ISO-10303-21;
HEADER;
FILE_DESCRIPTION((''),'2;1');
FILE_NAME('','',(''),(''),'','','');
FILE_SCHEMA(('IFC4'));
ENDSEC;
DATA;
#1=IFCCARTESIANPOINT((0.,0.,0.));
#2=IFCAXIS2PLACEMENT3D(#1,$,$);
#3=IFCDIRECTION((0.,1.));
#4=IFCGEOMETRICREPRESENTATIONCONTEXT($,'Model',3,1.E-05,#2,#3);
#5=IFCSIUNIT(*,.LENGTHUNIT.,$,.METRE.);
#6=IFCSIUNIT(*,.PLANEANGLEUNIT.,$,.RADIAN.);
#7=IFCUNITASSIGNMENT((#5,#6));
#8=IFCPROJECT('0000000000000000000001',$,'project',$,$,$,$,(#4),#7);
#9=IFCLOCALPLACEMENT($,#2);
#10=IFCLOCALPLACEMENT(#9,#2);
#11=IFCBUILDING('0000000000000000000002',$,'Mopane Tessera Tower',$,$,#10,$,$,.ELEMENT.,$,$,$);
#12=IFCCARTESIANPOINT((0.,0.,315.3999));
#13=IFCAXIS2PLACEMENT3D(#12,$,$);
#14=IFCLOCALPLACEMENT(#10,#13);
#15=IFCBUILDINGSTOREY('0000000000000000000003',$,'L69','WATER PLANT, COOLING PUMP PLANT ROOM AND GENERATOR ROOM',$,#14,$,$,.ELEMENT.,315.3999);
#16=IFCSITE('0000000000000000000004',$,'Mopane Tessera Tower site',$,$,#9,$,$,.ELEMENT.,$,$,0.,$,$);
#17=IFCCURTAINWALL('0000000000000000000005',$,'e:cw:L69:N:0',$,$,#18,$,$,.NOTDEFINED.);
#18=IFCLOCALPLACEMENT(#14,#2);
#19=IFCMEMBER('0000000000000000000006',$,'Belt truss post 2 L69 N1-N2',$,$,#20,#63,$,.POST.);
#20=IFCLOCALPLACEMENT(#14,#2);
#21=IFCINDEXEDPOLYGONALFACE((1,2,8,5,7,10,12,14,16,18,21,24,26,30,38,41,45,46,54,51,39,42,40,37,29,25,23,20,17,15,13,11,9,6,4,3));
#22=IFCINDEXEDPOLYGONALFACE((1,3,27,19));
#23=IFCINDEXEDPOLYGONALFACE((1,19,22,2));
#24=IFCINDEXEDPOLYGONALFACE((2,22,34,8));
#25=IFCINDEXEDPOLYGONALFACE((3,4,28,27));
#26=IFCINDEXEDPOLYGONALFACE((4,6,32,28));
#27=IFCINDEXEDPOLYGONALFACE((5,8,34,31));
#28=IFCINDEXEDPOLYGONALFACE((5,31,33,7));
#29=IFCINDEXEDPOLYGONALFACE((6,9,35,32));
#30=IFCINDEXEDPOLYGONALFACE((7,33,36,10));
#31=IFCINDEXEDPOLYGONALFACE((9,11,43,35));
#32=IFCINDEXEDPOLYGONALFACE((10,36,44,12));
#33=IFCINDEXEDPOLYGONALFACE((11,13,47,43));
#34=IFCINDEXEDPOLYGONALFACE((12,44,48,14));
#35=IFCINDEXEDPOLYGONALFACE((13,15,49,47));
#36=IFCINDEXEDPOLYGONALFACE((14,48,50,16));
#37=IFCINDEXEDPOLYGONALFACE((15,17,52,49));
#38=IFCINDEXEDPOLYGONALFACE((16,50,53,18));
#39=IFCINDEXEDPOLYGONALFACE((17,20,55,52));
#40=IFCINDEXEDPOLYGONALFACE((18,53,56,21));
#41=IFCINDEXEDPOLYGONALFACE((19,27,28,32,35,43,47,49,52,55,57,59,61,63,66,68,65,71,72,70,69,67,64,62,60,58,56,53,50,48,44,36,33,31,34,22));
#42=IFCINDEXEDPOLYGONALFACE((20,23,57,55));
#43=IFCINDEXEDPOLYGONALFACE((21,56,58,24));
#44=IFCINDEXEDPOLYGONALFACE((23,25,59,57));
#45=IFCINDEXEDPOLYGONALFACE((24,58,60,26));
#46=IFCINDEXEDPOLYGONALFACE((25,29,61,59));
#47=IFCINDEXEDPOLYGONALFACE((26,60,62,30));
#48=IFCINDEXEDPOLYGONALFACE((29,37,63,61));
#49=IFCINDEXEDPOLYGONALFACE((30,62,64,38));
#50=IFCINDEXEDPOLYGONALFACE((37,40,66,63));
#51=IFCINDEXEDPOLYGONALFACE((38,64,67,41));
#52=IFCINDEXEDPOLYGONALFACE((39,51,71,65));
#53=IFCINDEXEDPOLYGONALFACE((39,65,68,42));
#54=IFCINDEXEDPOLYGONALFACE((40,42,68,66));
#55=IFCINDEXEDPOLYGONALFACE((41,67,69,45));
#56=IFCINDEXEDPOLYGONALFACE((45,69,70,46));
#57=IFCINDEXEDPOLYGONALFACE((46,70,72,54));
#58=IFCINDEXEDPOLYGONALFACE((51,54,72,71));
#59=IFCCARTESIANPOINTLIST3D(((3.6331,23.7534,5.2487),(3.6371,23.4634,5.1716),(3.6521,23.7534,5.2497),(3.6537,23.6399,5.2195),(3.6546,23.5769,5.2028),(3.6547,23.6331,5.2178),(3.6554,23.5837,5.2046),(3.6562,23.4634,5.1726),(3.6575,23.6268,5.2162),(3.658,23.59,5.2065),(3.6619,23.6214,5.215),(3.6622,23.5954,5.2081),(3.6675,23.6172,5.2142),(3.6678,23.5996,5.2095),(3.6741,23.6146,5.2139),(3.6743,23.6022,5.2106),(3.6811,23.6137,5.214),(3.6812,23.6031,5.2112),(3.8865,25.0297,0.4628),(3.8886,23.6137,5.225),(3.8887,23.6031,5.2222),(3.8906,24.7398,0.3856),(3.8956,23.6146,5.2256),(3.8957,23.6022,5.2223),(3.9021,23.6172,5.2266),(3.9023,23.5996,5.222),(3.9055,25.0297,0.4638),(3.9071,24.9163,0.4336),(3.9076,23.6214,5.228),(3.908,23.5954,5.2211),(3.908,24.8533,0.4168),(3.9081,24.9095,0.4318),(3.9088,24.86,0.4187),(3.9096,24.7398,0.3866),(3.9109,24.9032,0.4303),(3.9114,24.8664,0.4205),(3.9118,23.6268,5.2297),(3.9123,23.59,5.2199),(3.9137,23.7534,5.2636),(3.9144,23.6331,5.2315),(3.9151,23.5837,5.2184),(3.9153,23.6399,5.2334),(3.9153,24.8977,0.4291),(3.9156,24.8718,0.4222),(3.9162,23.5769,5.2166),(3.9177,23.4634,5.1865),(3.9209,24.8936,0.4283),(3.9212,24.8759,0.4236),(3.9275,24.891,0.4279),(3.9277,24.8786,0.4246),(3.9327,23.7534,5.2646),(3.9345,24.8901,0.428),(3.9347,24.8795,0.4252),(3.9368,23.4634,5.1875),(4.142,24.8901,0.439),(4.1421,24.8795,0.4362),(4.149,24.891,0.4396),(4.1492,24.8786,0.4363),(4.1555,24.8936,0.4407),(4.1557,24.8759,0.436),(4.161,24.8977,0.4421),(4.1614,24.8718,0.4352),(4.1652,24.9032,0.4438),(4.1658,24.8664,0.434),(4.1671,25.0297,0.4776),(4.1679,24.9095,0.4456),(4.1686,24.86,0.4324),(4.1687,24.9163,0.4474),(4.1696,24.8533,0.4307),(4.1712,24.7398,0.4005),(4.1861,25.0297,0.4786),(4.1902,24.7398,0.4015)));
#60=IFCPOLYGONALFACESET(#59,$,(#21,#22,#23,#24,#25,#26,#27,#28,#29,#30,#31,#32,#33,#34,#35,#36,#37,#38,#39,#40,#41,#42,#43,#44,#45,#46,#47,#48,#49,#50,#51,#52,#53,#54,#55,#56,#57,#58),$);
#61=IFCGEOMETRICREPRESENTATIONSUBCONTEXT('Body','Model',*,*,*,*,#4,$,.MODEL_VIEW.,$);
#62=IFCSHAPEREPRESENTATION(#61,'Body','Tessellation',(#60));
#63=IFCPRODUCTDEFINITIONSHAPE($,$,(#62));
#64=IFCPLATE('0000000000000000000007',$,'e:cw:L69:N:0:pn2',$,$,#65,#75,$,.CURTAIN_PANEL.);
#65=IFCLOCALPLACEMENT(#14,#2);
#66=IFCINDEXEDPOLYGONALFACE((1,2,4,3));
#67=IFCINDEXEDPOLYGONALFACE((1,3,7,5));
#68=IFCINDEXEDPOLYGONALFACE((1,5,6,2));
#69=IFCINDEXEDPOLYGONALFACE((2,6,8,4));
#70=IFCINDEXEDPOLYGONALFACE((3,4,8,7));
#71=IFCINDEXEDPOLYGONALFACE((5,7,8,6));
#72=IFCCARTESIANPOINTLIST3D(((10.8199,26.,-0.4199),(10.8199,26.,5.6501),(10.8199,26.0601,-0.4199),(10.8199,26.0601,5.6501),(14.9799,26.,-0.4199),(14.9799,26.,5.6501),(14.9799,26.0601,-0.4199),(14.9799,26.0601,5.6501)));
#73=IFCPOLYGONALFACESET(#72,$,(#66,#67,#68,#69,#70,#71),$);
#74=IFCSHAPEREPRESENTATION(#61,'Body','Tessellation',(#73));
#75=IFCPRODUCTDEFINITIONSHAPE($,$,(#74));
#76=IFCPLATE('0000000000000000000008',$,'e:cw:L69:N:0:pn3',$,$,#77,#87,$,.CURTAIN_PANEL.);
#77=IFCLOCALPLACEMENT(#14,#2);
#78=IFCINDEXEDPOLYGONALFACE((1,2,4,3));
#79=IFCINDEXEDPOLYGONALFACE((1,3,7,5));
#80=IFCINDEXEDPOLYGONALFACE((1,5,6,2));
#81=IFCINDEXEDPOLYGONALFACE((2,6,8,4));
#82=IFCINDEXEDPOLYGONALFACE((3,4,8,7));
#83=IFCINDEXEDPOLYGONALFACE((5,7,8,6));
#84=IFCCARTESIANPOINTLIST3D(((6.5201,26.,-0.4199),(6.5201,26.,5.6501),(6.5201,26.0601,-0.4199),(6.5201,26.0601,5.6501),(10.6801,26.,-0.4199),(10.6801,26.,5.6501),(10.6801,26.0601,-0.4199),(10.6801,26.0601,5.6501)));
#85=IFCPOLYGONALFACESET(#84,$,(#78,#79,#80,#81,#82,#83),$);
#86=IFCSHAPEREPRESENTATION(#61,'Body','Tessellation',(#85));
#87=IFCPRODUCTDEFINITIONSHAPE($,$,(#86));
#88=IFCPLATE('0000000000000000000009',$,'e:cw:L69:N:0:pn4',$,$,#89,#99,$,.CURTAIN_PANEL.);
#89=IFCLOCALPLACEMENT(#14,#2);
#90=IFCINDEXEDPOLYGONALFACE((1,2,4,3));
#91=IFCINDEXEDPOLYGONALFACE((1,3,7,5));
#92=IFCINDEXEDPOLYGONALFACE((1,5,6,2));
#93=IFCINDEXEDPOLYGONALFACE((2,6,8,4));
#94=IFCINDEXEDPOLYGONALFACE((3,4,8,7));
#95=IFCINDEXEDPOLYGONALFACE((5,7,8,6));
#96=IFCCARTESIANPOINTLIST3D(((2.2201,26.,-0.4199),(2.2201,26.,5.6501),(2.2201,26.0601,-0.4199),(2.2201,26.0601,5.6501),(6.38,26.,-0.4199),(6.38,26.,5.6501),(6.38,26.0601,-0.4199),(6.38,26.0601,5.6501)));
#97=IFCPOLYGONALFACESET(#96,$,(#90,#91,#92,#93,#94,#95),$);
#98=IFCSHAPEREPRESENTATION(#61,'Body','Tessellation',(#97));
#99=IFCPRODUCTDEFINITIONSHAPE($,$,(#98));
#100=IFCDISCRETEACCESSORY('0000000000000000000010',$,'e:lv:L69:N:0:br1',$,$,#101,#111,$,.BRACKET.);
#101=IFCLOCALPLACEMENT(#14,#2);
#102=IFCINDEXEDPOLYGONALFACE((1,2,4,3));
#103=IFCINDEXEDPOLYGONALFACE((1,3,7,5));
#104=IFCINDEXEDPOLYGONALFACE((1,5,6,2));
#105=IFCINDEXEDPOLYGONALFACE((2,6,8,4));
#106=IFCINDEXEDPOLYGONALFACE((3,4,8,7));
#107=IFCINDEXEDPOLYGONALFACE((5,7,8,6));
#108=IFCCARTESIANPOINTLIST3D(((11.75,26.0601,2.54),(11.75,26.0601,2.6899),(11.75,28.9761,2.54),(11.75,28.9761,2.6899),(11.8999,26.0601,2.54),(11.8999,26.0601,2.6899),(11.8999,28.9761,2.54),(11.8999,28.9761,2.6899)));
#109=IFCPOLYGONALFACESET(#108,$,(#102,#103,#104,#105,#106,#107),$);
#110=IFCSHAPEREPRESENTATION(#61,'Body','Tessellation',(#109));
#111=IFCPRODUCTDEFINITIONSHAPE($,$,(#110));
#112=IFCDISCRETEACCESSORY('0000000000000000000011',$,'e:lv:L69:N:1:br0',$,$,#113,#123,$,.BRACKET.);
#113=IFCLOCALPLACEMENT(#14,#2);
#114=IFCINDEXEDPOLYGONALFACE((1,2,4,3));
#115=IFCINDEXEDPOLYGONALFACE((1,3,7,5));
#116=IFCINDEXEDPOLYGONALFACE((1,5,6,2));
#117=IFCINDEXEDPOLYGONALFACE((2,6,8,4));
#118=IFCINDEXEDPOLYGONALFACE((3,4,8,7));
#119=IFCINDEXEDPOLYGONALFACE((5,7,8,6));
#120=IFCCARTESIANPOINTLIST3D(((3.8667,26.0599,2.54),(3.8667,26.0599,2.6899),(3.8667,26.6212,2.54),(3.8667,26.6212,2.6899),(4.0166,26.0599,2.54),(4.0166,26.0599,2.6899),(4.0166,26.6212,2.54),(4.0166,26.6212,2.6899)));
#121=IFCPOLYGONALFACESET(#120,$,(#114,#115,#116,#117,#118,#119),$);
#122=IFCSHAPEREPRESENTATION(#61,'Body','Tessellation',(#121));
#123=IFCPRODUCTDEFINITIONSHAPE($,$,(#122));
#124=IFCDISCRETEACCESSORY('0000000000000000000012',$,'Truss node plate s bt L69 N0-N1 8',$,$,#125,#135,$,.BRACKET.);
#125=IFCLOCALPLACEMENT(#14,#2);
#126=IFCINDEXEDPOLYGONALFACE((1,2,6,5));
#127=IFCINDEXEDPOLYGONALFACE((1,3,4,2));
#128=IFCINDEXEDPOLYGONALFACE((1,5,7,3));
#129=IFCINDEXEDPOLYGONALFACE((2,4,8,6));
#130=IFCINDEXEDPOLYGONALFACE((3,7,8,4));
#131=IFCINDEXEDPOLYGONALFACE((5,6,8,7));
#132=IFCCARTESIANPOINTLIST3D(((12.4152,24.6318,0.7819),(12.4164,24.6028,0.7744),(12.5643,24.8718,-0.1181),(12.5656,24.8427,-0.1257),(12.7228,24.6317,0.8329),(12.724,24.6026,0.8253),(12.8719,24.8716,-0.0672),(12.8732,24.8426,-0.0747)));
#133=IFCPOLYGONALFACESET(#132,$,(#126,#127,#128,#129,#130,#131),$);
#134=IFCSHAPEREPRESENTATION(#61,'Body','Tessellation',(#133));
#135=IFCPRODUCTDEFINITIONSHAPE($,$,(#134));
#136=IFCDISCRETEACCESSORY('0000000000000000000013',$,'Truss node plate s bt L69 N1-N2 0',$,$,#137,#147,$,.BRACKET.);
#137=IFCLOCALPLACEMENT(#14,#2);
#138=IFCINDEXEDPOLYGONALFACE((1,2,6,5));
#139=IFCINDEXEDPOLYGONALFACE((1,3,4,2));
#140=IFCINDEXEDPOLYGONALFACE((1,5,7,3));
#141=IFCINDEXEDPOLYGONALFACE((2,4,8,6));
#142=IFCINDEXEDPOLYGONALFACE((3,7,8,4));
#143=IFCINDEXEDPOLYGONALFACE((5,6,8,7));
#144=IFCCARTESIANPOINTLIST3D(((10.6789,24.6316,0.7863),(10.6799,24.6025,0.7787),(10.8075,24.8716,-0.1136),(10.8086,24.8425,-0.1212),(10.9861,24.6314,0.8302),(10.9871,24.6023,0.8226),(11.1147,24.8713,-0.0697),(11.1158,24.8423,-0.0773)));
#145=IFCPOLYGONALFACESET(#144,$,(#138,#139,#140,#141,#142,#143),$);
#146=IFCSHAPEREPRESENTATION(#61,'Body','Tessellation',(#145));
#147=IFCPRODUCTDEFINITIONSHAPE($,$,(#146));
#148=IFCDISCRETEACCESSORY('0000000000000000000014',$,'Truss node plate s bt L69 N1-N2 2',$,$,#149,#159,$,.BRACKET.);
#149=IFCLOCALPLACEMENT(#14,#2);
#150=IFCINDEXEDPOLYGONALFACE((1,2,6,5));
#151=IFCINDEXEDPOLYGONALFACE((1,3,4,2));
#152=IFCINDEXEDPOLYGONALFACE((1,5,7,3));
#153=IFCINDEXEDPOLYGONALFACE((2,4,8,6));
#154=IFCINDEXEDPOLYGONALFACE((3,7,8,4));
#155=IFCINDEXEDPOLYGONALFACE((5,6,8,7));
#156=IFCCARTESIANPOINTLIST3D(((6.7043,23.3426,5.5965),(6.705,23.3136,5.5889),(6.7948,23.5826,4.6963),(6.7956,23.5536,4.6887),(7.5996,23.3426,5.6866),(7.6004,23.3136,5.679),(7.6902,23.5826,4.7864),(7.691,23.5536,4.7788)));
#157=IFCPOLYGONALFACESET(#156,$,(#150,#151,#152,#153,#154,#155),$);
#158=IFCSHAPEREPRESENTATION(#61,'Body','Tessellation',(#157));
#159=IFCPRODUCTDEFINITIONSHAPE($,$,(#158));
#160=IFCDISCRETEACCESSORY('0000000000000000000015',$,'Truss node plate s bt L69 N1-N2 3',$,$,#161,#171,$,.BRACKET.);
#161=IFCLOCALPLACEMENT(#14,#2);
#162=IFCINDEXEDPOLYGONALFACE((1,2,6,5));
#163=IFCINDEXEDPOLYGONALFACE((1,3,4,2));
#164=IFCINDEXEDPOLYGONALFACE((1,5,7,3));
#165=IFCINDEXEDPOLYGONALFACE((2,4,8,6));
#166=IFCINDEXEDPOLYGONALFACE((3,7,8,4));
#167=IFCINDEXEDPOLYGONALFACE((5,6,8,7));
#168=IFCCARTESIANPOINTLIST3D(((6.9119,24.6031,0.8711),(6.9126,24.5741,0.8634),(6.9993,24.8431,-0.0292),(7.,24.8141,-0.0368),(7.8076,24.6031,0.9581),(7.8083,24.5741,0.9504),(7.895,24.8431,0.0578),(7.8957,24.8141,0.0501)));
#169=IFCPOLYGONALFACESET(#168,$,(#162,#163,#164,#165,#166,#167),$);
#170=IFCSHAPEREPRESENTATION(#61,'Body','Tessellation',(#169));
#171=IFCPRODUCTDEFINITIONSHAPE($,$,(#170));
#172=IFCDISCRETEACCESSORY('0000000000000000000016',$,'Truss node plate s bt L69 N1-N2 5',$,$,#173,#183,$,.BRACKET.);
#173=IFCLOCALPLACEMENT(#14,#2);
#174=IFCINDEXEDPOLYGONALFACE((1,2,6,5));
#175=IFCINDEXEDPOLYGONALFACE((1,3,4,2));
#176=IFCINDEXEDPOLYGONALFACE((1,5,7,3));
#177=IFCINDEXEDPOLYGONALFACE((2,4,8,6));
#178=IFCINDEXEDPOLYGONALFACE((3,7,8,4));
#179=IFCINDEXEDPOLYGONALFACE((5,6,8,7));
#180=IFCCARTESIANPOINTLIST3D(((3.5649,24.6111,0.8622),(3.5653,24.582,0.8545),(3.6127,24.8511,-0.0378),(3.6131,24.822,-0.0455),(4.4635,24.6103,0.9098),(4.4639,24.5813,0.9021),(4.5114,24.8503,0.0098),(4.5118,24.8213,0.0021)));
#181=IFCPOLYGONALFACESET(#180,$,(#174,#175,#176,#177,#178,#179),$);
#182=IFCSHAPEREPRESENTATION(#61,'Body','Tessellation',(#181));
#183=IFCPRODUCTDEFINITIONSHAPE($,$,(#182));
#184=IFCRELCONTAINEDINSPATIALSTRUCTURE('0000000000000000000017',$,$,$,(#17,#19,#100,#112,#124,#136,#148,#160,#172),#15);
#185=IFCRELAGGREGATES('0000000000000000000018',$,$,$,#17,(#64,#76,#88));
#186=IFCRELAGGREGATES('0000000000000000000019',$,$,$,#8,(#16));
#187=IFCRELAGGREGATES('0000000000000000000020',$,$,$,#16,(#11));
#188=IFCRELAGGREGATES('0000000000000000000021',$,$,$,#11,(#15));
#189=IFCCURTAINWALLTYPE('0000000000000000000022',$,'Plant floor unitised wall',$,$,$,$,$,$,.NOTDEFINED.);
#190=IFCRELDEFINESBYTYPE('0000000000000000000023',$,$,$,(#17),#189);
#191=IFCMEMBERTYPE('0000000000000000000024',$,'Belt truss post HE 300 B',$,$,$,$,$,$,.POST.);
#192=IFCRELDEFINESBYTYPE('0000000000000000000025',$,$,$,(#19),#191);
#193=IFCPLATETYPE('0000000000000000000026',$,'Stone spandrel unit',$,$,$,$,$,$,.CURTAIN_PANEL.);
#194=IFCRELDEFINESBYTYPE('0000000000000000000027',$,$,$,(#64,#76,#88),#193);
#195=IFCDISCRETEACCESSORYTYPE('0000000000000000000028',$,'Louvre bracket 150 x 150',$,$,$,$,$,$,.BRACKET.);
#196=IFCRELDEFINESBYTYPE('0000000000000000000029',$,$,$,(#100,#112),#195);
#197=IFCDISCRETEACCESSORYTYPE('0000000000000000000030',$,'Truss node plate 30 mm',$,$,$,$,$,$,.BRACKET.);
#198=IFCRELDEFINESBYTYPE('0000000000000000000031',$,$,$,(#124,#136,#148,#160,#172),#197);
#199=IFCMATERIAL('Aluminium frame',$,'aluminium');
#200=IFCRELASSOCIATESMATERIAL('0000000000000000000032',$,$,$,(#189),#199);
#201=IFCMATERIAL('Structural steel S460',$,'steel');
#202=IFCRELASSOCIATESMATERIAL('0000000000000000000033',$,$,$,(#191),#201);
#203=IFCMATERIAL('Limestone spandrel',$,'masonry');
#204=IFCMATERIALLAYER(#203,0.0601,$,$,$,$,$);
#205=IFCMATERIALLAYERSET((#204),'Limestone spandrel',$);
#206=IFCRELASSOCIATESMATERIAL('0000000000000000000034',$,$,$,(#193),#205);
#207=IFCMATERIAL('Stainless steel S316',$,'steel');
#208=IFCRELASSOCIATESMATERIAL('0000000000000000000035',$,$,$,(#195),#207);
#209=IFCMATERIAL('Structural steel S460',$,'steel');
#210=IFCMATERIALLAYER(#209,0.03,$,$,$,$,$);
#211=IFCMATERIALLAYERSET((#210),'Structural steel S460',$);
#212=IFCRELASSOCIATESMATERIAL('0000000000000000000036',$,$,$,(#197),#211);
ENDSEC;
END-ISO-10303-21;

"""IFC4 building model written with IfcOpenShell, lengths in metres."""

from ifc_helpers import new_model, si_unit, direction, frame, origin, origin_2d, place, context, subcontext, project, spatial, rectangle, i_section, extrude, material, layer, layer_set, material_profile, profile_set, type_object, element, aggregate, save


model = new_model("IFC4")

# Units and contexts
model_context = context("Model", 3, precision=1e-05, world=origin(), true_north=direction((0.0, 1.0)))
body_context = subcontext(model_context, "Body", "Model", "MODEL_VIEW")
ifc_project = project(units=[si_unit("LENGTHUNIT", "METRE"), si_unit("PLANEANGLEUNIT", "RADIAN")], contexts=[model_context])

# Site, building, storey
site_placement = place(None, origin())
site = spatial("IfcSite", under=ifc_project, at=site_placement, Name="Mopane Tessera Tower site", CompositionType="ELEMENT", RefElevation=0.0)
building_placement = place(site_placement, origin())
building = spatial("IfcBuilding", under=site, at=building_placement, Name="Mopane Tessera Tower", CompositionType="ELEMENT")
storey_placement = place(building_placement, frame((0.0, 0.0, 315.3999)))
storey = spatial("IfcBuildingStorey", under=building, at=storey_placement, Name="L69", Description="WATER PLANT, COOLING PUMP PLANT ROOM AND GENERATOR ROOM", CompositionType="ELEMENT", Elevation=315.3999)

# Curtain wall
ifc_material_1 = material(Name="Aluminium frame", Category="aluminium")
curtain_wall_type = type_object("IfcCurtainWallType", Name="Plant floor unitised wall", PredefinedType="NOTDEFINED", material=ifc_material_1)
curtain_wall_placement = place(storey_placement, origin())
curtain_wall = element("IfcCurtainWall", 1, at=curtain_wall_placement, inside=storey, type_object=curtain_wall_type, Name="e:cw:L69:N:0", PredefinedType="NOTDEFINED")

# Member
ifc_material_2 = material(Name="Structural steel S460", Category="steel")
ifc_material_profile_1 = material_profile(ifc_material_2, i_section(OverallWidth=0.3, OverallDepth=0.3, WebThickness=0.011, FlangeThickness=0.019, FilletRadius=0.0271, at=origin_2d()))
ifc_profile_set_1 = profile_set([ifc_material_profile_1], Name="Structural steel S460")
member_type_1 = type_object("IfcMemberType", Name="Belt truss post HE 300 B", PredefinedType="POST", material=ifc_profile_set_1)
member_1_placement = place(storey_placement, frame((4.0383, 24.8848, 0.4321), z_axis=(-0.051096, -0.257351, 0.964966), x_axis=(0.013614, -0.966318, -0.25699)))
element("IfcMember", 2, at=member_1_placement, inside=storey, type_object=member_type_1, Name="Belt truss post 2 L69 N1-N2", PredefinedType="POST", context=body_context, shape_type="SweptSolid", body=[
    extrude(i_section(OverallWidth=0.3, OverallDepth=0.3, WebThickness=0.011, FlangeThickness=0.019, FilletRadius=0.0271, at=origin_2d()), origin(), (0.0, 0.0, 1.0), 4.9597),
])

# Plates
ifc_material_3 = material(Name="Limestone spandrel", Category="masonry")
ifc_layer_1 = layer(ifc_material_3, 0.0601)
ifc_layer_set_1 = layer_set([ifc_layer_1], Name="Limestone spandrel")
plate_type = type_object("IfcPlateType", Name="Stone spandrel unit", PredefinedType="CURTAIN_PANEL", material=ifc_layer_set_1)
plate_1_placement = place(storey_placement, frame((12.8999, 26.03, -0.4199), z_axis=(0.0, 0.0, 1.0), x_axis=(-1.0, 0.0, 0.0)))
plate_1 = element("IfcPlate", 3, at=plate_1_placement, type_object=plate_type, Name="e:cw:L69:N:0:pn2", PredefinedType="CURTAIN_PANEL", context=body_context, shape_type="SweptSolid", body=[
    extrude(rectangle(XDim=4.1599, YDim=0.0601, at=origin_2d()), origin(), (0.0, 0.0, 1.0), 6.0701),
])
plate_2_placement = place(storey_placement, frame((8.6001, 26.03, -0.4199), z_axis=(0.0, 0.0, 1.0), x_axis=(-1.0, 0.0, 0.0)))
plate_2 = element("IfcPlate", 4, at=plate_2_placement, type_object=plate_type, Name="e:cw:L69:N:0:pn3", PredefinedType="CURTAIN_PANEL", context=body_context, shape_type="SweptSolid", body=[
    extrude(rectangle(XDim=4.1599, YDim=0.0601, at=origin_2d()), origin(), (0.0, 0.0, 1.0), 6.0701),
])
plate_3_placement = place(storey_placement, frame((4.3, 26.03, -0.4199), z_axis=(0.0, 0.0, 1.0), x_axis=(-1.0, 0.0, 0.0)))
plate_3 = element("IfcPlate", 5, at=plate_3_placement, type_object=plate_type, Name="e:cw:L69:N:0:pn4", PredefinedType="CURTAIN_PANEL", context=body_context, shape_type="SweptSolid", body=[
    extrude(rectangle(XDim=4.1599, YDim=0.0601, at=origin_2d()), origin(), (0.0, 0.0, 1.0), 6.0701),
])
aggregate(curtain_wall, [plate_1, plate_2, plate_3])

# Discrete accessories
ifc_material_4 = material(Name="Stainless steel S316", Category="steel")
discrete_accessory_type_1 = type_object("IfcDiscreteAccessoryType", Name="Louvre bracket 150 x 150", PredefinedType="BRACKET", material=ifc_material_4)
discrete_accessory_1_placement = place(storey_placement, frame((11.825, 27.5181, 2.54), z_axis=(0.0, 0.0, 1.0), x_axis=(0.0, 1.0, 0.0)))
element("IfcDiscreteAccessory", 6, at=discrete_accessory_1_placement, inside=storey, type_object=discrete_accessory_type_1, Name="e:lv:L69:N:0:br1", PredefinedType="BRACKET", context=body_context, shape_type="SweptSolid", body=[
    extrude(rectangle(XDim=2.916, YDim=0.1499, at=origin_2d()), origin(), (0.0, 0.0, 1.0), 0.1499),
])
discrete_accessory_2_placement = place(storey_placement, frame((3.9417, 26.3406, 2.54), z_axis=(0.0, 0.0, 1.0), x_axis=(0.0, 1.0, 0.0)))
element("IfcDiscreteAccessory", 7, at=discrete_accessory_2_placement, inside=storey, type_object=discrete_accessory_type_1, Name="e:lv:L69:N:1:br0", PredefinedType="BRACKET", context=body_context, shape_type="SweptSolid", body=[
    extrude(rectangle(XDim=0.5613, YDim=0.1499, at=origin_2d()), origin(), (0.0, 0.0, 1.0), 0.1499),
])
ifc_material_5 = material(Name="Structural steel S460", Category="steel")
ifc_layer_2 = layer(ifc_material_5, 0.03)
ifc_layer_set_2 = layer_set([ifc_layer_2], Name="Structural steel S460")
discrete_accessory_type_2 = type_object("IfcDiscreteAccessoryType", Name="Truss node plate 30 mm", PredefinedType="BRACKET", material=ifc_layer_set_2)
discrete_accessory_3_placement = place(storey_placement, frame((12.7188, 24.8572, -0.0964), z_axis=(-0.15811, -0.254373, 0.954094), x_axis=(0.041192, -0.967106, -0.251016)))
element("IfcDiscreteAccessory", 8, at=discrete_accessory_3_placement, inside=storey, type_object=discrete_accessory_type_2, Name="Truss node plate s bt L69 N0-N1 8", PredefinedType="BRACKET", context=body_context, shape_type="SweptSolid", body=[
    extrude(rectangle(XDim=0.03, YDim=0.3118, at=origin_2d()), origin(), (0.0, 0.0, 1.0), 0.9434),
])
discrete_accessory_4_placement = place(storey_placement, frame((10.9617, 24.8569, -0.0955), z_axis=(-0.136846, -0.255255, 0.957141), x_axis=(0.035428, -0.966874, -0.252785)))
element("IfcDiscreteAccessory", 9, at=discrete_accessory_4_placement, inside=storey, type_object=discrete_accessory_type_2, Name="Truss node plate s bt L69 N1-N2 0", PredefinedType="BRACKET", context=body_context, shape_type="SweptSolid", body=[
    extrude(rectangle(XDim=0.03, YDim=0.3103, at=origin_2d()), origin(), (0.0, 0.0, 1.0), 0.9402),
])
discrete_accessory_5_placement = place(storey_placement, frame((7.2429, 23.5681, 4.7375), z_axis=(-0.096771, -0.256405, 0.961713), x_axis=(0.025677, -0.96657, -0.255116)))
element("IfcDiscreteAccessory", 10, at=discrete_accessory_5_placement, inside=storey, type_object=discrete_accessory_type_2, Name="Truss node plate s bt L69 N1-N2 2", PredefinedType="BRACKET", context=body_context, shape_type="SweptSolid", body=[
    extrude(rectangle(XDim=0.03, YDim=0.8999, at=origin_2d()), origin(), (0.0, 0.0, 1.0), 0.936),
])
discrete_accessory_6_placement = place(storey_placement, frame((7.4475, 24.8286, 0.0105), z_axis=(-0.09341, -0.256487, 0.962023), x_axis=(0.024761, -0.966548, -0.255289)))
element("IfcDiscreteAccessory", 11, at=discrete_accessory_6_placement, inside=storey, type_object=discrete_accessory_type_2, Name="Truss node plate s bt L69 N1-N2 3", PredefinedType="BRACKET", context=body_context, shape_type="SweptSolid", body=[
    extrude(rectangle(XDim=0.03, YDim=0.8999, at=origin_2d()), origin(), (0.0, 0.0, 1.0), 0.9358),
])
discrete_accessory_7_placement = place(storey_placement, frame((4.0623, 24.8362, -0.0178), z_axis=(-0.051311, -0.25734, 0.964958), x_axis=(0.012831, -0.966321, -0.257021)))
element("IfcDiscreteAccessory", 12, at=discrete_accessory_7_placement, inside=storey, type_object=discrete_accessory_type_2, Name="Truss node plate s bt L69 N1-N2 5", PredefinedType="BRACKET", context=body_context, shape_type="SweptSolid", body=[
    extrude(rectangle(XDim=0.03, YDim=0.8999, at=origin_2d()), origin(), (0.0, 0.0, 1.0), 0.9326),
])

save(model, "model.ifc")
